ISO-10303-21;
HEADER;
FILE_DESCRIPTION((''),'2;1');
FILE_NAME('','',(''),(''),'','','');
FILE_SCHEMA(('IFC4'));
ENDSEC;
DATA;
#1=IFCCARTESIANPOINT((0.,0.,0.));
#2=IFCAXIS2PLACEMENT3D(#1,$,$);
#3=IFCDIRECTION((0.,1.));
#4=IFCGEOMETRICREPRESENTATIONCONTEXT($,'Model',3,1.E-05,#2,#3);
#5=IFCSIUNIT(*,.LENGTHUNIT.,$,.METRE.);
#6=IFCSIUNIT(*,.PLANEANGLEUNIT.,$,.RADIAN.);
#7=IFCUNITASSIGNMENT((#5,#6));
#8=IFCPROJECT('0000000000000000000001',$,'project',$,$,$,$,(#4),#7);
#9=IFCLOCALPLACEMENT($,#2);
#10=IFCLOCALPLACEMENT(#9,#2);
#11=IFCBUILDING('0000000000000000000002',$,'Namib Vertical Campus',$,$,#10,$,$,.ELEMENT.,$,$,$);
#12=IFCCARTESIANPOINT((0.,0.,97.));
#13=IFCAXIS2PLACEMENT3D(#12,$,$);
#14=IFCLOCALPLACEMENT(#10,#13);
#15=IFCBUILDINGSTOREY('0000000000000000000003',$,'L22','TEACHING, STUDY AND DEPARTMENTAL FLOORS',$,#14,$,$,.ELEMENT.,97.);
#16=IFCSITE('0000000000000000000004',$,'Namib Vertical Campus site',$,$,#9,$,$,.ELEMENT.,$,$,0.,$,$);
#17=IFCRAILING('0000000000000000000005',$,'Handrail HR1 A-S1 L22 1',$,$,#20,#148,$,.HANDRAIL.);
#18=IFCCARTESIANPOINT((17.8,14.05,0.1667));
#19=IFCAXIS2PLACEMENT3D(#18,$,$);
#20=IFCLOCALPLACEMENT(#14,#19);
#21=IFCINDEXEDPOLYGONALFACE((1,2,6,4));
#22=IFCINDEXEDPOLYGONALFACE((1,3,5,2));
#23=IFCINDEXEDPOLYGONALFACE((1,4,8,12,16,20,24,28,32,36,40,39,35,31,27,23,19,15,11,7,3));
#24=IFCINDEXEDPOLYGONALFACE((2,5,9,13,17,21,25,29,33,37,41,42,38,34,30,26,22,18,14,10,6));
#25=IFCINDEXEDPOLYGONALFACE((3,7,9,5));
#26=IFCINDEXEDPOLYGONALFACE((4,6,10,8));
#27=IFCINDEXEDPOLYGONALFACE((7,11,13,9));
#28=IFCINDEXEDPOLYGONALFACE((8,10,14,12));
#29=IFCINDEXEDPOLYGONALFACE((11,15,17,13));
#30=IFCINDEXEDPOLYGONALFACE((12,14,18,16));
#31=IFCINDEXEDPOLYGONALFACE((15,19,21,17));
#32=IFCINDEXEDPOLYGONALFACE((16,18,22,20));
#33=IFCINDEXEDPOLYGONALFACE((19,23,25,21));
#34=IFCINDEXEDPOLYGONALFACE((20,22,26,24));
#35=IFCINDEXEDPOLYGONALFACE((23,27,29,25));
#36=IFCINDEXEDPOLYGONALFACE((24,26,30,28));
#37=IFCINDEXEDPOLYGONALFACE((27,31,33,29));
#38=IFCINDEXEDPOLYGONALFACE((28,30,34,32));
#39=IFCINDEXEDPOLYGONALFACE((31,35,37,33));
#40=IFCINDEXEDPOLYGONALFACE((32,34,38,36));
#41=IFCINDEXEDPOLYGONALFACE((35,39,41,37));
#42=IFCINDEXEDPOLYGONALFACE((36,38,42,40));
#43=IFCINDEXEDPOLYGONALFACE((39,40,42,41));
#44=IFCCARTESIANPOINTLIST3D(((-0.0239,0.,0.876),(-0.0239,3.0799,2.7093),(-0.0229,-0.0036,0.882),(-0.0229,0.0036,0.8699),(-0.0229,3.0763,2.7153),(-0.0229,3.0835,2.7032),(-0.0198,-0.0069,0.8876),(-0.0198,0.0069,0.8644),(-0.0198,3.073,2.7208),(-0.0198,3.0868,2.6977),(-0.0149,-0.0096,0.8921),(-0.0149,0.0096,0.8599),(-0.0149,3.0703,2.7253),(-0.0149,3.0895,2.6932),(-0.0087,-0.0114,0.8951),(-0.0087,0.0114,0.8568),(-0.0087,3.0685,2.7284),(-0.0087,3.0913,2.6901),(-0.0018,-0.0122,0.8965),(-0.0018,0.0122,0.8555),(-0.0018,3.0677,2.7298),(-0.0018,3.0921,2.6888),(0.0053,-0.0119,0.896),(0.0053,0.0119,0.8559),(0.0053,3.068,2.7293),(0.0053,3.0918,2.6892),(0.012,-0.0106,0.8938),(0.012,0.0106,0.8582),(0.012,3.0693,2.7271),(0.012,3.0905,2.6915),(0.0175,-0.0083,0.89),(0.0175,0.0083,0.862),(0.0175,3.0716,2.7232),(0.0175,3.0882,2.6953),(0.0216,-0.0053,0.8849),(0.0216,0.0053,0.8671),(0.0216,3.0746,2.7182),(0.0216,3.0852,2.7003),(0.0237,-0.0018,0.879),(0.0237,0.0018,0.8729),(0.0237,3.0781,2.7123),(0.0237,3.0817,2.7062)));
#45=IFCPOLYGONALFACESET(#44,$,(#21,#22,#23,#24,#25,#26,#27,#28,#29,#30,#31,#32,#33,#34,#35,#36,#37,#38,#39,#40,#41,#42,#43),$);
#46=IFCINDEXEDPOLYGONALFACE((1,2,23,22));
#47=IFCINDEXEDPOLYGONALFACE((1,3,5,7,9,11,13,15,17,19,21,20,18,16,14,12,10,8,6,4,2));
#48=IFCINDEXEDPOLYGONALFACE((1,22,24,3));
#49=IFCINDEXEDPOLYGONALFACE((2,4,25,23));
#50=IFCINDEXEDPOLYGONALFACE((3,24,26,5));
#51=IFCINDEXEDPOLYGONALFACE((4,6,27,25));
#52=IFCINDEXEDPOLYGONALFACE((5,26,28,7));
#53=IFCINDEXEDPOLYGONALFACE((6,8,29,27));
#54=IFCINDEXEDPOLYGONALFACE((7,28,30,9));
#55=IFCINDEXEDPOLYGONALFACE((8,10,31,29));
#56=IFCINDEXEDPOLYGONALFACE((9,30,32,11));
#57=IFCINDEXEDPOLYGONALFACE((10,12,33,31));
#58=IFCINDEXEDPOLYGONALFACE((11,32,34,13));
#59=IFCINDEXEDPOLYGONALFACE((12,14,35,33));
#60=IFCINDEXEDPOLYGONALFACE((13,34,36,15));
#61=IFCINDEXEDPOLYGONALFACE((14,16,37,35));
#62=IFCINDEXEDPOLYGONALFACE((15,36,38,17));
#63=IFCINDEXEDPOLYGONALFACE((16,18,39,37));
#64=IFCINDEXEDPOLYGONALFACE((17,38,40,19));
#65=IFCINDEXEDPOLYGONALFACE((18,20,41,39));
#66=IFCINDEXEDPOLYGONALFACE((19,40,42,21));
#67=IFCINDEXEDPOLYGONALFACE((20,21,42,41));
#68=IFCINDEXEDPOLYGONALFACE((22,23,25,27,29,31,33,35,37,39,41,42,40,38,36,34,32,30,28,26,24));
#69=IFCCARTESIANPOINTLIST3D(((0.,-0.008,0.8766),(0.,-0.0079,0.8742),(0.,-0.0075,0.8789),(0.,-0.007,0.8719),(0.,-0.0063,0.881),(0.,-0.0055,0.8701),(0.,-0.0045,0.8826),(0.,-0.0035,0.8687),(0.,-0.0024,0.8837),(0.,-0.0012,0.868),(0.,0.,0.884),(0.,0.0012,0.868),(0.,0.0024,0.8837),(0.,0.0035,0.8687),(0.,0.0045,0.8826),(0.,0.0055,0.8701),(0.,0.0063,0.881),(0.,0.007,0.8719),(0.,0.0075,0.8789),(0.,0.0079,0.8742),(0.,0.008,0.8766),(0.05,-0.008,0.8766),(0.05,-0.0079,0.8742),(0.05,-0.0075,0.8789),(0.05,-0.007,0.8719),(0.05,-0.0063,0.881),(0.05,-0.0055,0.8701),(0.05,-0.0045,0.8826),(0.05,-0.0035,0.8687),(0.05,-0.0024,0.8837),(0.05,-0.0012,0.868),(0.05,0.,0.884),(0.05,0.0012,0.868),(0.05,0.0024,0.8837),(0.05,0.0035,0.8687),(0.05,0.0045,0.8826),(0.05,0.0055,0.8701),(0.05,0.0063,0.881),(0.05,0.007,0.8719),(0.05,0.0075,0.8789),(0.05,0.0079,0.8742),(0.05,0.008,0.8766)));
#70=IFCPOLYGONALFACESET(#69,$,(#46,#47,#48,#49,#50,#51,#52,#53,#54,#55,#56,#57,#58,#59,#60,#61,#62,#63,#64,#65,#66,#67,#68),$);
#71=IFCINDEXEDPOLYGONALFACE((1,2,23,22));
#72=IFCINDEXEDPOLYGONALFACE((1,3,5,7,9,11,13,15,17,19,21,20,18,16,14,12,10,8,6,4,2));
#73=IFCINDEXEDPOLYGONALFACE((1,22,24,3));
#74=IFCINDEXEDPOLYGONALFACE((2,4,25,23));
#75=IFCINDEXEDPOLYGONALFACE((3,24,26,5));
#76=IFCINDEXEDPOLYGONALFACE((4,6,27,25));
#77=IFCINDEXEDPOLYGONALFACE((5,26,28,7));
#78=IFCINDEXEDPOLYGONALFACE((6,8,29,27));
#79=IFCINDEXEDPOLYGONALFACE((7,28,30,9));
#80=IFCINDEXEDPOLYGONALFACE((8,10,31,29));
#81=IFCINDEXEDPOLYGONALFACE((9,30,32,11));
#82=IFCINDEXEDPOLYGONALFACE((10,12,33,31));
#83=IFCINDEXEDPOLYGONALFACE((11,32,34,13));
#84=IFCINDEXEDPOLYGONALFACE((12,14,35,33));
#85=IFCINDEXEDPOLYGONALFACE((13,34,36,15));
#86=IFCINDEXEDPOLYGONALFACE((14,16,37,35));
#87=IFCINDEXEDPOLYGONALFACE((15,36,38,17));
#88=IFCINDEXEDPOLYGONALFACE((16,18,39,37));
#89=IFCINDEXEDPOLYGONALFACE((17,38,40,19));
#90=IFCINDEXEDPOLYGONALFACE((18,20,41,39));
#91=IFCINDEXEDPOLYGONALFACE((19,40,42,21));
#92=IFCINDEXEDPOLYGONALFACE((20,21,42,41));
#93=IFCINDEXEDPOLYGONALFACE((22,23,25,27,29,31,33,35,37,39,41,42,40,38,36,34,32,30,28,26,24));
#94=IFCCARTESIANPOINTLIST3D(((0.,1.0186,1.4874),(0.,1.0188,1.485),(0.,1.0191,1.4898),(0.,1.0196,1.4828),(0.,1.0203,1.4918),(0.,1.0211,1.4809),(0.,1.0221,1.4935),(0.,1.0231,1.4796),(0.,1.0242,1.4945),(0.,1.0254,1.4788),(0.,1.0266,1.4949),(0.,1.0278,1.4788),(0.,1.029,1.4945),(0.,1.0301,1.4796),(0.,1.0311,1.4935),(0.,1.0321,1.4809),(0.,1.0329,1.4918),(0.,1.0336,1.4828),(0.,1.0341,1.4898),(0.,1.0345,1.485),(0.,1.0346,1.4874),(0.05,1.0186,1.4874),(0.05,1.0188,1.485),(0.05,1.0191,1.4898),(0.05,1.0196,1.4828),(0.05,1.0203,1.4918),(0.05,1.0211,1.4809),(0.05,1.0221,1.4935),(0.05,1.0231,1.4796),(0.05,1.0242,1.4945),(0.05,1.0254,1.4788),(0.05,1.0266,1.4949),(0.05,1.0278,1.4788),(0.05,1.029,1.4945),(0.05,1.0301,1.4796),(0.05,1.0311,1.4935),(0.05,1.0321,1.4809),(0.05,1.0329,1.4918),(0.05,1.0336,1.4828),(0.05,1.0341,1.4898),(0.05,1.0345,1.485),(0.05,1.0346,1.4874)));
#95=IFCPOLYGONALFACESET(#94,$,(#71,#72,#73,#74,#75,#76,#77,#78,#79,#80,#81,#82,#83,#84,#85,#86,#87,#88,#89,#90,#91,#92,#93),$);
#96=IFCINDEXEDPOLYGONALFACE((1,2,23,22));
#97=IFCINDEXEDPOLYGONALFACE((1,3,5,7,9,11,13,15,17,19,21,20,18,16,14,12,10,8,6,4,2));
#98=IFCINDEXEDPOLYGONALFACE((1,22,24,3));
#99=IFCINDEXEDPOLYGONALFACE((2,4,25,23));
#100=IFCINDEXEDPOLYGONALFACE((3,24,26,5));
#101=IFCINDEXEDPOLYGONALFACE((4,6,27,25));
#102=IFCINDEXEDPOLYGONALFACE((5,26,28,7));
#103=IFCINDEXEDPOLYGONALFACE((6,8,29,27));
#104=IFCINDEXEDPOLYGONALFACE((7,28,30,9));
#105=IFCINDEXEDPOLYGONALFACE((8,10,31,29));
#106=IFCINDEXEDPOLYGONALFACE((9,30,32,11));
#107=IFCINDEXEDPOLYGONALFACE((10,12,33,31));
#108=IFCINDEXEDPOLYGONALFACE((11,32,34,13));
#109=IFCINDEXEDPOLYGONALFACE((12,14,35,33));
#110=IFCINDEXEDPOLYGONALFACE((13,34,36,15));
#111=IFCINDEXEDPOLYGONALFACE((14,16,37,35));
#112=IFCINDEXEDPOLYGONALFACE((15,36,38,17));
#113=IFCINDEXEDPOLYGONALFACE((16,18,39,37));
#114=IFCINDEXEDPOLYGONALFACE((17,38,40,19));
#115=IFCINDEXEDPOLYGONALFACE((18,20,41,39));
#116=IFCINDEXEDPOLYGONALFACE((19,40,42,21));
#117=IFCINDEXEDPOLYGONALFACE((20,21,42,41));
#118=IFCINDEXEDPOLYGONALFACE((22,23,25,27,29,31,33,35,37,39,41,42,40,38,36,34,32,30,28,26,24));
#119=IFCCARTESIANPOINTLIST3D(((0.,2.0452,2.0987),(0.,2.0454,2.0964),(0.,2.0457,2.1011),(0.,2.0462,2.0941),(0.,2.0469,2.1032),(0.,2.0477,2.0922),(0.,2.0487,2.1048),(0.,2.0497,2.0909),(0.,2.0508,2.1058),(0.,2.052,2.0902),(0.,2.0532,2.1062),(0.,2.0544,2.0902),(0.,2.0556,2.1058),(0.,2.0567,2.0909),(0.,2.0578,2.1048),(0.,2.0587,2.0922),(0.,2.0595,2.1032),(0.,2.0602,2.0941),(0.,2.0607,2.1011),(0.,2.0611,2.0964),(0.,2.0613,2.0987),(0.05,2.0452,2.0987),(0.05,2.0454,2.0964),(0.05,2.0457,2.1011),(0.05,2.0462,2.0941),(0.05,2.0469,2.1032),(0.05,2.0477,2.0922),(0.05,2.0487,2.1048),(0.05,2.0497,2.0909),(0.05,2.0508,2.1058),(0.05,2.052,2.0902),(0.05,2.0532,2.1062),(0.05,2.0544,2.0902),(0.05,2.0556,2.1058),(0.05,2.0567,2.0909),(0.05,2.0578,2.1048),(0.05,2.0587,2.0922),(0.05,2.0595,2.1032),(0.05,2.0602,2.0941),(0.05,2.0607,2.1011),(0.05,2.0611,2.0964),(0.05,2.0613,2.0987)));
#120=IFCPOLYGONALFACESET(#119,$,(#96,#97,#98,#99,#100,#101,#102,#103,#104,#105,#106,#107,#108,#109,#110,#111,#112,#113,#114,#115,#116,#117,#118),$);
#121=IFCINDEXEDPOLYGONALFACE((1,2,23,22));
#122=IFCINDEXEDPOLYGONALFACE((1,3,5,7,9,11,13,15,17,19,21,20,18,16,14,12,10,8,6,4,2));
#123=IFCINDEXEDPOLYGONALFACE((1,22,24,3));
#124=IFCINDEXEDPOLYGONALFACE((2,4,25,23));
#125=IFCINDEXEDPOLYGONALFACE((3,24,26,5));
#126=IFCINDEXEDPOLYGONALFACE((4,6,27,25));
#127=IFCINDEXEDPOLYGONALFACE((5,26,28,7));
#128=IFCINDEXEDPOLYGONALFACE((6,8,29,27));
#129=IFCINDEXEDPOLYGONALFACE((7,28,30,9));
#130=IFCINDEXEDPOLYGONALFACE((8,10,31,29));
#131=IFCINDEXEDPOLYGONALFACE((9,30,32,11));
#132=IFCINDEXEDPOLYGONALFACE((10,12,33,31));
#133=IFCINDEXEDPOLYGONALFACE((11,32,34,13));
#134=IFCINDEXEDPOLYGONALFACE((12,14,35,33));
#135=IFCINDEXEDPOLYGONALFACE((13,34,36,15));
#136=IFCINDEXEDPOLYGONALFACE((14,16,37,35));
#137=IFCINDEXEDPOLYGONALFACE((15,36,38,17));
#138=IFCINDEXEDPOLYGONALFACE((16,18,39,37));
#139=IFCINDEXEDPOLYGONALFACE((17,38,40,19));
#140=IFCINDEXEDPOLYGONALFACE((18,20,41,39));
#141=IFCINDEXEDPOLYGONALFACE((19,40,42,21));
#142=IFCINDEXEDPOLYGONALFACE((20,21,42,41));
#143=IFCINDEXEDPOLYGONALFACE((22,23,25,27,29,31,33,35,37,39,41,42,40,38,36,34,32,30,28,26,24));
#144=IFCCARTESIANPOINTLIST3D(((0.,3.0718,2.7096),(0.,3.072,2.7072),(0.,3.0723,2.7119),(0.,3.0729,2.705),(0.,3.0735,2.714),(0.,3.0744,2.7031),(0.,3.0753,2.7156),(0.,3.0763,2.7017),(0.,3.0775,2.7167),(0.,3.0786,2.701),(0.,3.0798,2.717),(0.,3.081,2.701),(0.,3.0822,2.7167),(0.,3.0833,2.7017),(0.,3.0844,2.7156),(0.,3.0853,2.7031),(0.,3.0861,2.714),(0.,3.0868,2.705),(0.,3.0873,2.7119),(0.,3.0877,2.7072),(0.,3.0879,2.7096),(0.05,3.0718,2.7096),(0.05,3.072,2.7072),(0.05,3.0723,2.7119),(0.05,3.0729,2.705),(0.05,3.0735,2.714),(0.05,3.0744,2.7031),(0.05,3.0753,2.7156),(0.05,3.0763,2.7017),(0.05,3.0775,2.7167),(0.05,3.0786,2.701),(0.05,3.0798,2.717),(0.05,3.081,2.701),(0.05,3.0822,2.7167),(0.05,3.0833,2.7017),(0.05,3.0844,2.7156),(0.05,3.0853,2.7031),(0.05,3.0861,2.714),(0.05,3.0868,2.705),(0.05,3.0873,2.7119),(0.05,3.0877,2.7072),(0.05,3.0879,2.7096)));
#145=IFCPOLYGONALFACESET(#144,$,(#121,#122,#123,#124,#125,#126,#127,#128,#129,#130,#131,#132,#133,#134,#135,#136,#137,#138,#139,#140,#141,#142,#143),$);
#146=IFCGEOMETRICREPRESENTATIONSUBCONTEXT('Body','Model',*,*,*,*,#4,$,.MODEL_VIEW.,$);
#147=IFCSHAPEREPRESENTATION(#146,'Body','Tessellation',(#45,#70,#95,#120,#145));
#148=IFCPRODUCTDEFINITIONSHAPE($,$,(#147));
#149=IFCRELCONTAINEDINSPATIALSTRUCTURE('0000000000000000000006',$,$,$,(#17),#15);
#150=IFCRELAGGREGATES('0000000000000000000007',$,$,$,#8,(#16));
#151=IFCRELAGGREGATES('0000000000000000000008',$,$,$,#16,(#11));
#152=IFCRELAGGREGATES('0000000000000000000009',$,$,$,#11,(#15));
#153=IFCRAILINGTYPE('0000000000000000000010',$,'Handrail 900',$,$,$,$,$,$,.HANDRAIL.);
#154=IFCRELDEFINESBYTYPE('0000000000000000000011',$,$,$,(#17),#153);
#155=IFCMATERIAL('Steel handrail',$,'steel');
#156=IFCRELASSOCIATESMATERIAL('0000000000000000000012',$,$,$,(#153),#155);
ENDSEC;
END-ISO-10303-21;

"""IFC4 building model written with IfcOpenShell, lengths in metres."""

from ifc_helpers import new_model, si_unit, direction, frame, origin, origin_2d, place, context, subcontext, project, spatial, circle, extrude, material, type_object, element, save


model = new_model("IFC4")

# Units and contexts
model_context = context("Model", 3, precision=1e-05, world=origin(), true_north=direction((0.0, 1.0)))
body_context = subcontext(model_context, "Body", "Model", "MODEL_VIEW")
ifc_project = project(units=[si_unit("LENGTHUNIT", "METRE"), si_unit("PLANEANGLEUNIT", "RADIAN")], contexts=[model_context])

# Site, building, storey
site_placement = place(None, origin())
site = spatial("IfcSite", under=ifc_project, at=site_placement, Name="Namib Vertical Campus site", CompositionType="ELEMENT", RefElevation=0.0)
building_placement = place(site_placement, origin())
building = spatial("IfcBuilding", under=site, at=building_placement, Name="Namib Vertical Campus", CompositionType="ELEMENT")
storey_placement = place(building_placement, frame((0.0, 0.0, 97.0)))
storey = spatial("IfcBuildingStorey", under=building, at=storey_placement, Name="L22", Description="TEACHING, STUDY AND DEPARTMENTAL FLOORS", CompositionType="ELEMENT", Elevation=97.0)

# Railing
ifc_material_1 = material(Name="Steel handrail", Category="steel")
railing_type_1 = type_object("IfcRailingType", Name="Handrail 900", PredefinedType="HANDRAIL", material=ifc_material_1)
railing_1_placement = place(storey_placement, frame((17.8, 14.05, 0.1667)))
element("IfcRailing", 1, at=railing_1_placement, inside=storey, type_object=railing_type_1, Name="Handrail HR1 A-S1 L22 1", PredefinedType="HANDRAIL", context=body_context, shape_type="SweptSolid", body=[
    extrude(circle(Radius=0.0239, at=origin_2d()), frame((0.0, 0.0, 0.876), z_axis=(0.0, 0.859291, 0.511487), x_axis=(-1.0, 0.0, 0.0)), (0.0, 0.0, 1.0), 3.5842),
    extrude(circle(Radius=0.0081, at=origin_2d()), frame((0.0, 0.0, 0.876), z_axis=(1.0, 0.0, 0.0), x_axis=(0.0, 0.0, 1.0)), (0.0, 0.0, 1.0), 0.05),
    extrude(circle(Radius=0.0081, at=origin_2d()), frame((0.0, 1.0266, 1.4868), z_axis=(1.0, 0.0, 0.0), x_axis=(0.0, 0.0, 1.0)), (0.0, 0.0, 1.0), 0.05),
    extrude(circle(Radius=0.0081, at=origin_2d()), frame((0.0, 2.0532, 2.0981), z_axis=(1.0, 0.0, 0.0), x_axis=(0.0, 0.0, 1.0)), (0.0, 0.0, 1.0), 0.05),
    extrude(circle(Radius=0.0081, at=origin_2d()), frame((0.0, 3.0798, 2.709), z_axis=(1.0, 0.0, 0.0), x_axis=(0.0, 0.0, 1.0)), (0.0, 0.0, 1.0), 0.05),
])

save(model, "model.ifc")
